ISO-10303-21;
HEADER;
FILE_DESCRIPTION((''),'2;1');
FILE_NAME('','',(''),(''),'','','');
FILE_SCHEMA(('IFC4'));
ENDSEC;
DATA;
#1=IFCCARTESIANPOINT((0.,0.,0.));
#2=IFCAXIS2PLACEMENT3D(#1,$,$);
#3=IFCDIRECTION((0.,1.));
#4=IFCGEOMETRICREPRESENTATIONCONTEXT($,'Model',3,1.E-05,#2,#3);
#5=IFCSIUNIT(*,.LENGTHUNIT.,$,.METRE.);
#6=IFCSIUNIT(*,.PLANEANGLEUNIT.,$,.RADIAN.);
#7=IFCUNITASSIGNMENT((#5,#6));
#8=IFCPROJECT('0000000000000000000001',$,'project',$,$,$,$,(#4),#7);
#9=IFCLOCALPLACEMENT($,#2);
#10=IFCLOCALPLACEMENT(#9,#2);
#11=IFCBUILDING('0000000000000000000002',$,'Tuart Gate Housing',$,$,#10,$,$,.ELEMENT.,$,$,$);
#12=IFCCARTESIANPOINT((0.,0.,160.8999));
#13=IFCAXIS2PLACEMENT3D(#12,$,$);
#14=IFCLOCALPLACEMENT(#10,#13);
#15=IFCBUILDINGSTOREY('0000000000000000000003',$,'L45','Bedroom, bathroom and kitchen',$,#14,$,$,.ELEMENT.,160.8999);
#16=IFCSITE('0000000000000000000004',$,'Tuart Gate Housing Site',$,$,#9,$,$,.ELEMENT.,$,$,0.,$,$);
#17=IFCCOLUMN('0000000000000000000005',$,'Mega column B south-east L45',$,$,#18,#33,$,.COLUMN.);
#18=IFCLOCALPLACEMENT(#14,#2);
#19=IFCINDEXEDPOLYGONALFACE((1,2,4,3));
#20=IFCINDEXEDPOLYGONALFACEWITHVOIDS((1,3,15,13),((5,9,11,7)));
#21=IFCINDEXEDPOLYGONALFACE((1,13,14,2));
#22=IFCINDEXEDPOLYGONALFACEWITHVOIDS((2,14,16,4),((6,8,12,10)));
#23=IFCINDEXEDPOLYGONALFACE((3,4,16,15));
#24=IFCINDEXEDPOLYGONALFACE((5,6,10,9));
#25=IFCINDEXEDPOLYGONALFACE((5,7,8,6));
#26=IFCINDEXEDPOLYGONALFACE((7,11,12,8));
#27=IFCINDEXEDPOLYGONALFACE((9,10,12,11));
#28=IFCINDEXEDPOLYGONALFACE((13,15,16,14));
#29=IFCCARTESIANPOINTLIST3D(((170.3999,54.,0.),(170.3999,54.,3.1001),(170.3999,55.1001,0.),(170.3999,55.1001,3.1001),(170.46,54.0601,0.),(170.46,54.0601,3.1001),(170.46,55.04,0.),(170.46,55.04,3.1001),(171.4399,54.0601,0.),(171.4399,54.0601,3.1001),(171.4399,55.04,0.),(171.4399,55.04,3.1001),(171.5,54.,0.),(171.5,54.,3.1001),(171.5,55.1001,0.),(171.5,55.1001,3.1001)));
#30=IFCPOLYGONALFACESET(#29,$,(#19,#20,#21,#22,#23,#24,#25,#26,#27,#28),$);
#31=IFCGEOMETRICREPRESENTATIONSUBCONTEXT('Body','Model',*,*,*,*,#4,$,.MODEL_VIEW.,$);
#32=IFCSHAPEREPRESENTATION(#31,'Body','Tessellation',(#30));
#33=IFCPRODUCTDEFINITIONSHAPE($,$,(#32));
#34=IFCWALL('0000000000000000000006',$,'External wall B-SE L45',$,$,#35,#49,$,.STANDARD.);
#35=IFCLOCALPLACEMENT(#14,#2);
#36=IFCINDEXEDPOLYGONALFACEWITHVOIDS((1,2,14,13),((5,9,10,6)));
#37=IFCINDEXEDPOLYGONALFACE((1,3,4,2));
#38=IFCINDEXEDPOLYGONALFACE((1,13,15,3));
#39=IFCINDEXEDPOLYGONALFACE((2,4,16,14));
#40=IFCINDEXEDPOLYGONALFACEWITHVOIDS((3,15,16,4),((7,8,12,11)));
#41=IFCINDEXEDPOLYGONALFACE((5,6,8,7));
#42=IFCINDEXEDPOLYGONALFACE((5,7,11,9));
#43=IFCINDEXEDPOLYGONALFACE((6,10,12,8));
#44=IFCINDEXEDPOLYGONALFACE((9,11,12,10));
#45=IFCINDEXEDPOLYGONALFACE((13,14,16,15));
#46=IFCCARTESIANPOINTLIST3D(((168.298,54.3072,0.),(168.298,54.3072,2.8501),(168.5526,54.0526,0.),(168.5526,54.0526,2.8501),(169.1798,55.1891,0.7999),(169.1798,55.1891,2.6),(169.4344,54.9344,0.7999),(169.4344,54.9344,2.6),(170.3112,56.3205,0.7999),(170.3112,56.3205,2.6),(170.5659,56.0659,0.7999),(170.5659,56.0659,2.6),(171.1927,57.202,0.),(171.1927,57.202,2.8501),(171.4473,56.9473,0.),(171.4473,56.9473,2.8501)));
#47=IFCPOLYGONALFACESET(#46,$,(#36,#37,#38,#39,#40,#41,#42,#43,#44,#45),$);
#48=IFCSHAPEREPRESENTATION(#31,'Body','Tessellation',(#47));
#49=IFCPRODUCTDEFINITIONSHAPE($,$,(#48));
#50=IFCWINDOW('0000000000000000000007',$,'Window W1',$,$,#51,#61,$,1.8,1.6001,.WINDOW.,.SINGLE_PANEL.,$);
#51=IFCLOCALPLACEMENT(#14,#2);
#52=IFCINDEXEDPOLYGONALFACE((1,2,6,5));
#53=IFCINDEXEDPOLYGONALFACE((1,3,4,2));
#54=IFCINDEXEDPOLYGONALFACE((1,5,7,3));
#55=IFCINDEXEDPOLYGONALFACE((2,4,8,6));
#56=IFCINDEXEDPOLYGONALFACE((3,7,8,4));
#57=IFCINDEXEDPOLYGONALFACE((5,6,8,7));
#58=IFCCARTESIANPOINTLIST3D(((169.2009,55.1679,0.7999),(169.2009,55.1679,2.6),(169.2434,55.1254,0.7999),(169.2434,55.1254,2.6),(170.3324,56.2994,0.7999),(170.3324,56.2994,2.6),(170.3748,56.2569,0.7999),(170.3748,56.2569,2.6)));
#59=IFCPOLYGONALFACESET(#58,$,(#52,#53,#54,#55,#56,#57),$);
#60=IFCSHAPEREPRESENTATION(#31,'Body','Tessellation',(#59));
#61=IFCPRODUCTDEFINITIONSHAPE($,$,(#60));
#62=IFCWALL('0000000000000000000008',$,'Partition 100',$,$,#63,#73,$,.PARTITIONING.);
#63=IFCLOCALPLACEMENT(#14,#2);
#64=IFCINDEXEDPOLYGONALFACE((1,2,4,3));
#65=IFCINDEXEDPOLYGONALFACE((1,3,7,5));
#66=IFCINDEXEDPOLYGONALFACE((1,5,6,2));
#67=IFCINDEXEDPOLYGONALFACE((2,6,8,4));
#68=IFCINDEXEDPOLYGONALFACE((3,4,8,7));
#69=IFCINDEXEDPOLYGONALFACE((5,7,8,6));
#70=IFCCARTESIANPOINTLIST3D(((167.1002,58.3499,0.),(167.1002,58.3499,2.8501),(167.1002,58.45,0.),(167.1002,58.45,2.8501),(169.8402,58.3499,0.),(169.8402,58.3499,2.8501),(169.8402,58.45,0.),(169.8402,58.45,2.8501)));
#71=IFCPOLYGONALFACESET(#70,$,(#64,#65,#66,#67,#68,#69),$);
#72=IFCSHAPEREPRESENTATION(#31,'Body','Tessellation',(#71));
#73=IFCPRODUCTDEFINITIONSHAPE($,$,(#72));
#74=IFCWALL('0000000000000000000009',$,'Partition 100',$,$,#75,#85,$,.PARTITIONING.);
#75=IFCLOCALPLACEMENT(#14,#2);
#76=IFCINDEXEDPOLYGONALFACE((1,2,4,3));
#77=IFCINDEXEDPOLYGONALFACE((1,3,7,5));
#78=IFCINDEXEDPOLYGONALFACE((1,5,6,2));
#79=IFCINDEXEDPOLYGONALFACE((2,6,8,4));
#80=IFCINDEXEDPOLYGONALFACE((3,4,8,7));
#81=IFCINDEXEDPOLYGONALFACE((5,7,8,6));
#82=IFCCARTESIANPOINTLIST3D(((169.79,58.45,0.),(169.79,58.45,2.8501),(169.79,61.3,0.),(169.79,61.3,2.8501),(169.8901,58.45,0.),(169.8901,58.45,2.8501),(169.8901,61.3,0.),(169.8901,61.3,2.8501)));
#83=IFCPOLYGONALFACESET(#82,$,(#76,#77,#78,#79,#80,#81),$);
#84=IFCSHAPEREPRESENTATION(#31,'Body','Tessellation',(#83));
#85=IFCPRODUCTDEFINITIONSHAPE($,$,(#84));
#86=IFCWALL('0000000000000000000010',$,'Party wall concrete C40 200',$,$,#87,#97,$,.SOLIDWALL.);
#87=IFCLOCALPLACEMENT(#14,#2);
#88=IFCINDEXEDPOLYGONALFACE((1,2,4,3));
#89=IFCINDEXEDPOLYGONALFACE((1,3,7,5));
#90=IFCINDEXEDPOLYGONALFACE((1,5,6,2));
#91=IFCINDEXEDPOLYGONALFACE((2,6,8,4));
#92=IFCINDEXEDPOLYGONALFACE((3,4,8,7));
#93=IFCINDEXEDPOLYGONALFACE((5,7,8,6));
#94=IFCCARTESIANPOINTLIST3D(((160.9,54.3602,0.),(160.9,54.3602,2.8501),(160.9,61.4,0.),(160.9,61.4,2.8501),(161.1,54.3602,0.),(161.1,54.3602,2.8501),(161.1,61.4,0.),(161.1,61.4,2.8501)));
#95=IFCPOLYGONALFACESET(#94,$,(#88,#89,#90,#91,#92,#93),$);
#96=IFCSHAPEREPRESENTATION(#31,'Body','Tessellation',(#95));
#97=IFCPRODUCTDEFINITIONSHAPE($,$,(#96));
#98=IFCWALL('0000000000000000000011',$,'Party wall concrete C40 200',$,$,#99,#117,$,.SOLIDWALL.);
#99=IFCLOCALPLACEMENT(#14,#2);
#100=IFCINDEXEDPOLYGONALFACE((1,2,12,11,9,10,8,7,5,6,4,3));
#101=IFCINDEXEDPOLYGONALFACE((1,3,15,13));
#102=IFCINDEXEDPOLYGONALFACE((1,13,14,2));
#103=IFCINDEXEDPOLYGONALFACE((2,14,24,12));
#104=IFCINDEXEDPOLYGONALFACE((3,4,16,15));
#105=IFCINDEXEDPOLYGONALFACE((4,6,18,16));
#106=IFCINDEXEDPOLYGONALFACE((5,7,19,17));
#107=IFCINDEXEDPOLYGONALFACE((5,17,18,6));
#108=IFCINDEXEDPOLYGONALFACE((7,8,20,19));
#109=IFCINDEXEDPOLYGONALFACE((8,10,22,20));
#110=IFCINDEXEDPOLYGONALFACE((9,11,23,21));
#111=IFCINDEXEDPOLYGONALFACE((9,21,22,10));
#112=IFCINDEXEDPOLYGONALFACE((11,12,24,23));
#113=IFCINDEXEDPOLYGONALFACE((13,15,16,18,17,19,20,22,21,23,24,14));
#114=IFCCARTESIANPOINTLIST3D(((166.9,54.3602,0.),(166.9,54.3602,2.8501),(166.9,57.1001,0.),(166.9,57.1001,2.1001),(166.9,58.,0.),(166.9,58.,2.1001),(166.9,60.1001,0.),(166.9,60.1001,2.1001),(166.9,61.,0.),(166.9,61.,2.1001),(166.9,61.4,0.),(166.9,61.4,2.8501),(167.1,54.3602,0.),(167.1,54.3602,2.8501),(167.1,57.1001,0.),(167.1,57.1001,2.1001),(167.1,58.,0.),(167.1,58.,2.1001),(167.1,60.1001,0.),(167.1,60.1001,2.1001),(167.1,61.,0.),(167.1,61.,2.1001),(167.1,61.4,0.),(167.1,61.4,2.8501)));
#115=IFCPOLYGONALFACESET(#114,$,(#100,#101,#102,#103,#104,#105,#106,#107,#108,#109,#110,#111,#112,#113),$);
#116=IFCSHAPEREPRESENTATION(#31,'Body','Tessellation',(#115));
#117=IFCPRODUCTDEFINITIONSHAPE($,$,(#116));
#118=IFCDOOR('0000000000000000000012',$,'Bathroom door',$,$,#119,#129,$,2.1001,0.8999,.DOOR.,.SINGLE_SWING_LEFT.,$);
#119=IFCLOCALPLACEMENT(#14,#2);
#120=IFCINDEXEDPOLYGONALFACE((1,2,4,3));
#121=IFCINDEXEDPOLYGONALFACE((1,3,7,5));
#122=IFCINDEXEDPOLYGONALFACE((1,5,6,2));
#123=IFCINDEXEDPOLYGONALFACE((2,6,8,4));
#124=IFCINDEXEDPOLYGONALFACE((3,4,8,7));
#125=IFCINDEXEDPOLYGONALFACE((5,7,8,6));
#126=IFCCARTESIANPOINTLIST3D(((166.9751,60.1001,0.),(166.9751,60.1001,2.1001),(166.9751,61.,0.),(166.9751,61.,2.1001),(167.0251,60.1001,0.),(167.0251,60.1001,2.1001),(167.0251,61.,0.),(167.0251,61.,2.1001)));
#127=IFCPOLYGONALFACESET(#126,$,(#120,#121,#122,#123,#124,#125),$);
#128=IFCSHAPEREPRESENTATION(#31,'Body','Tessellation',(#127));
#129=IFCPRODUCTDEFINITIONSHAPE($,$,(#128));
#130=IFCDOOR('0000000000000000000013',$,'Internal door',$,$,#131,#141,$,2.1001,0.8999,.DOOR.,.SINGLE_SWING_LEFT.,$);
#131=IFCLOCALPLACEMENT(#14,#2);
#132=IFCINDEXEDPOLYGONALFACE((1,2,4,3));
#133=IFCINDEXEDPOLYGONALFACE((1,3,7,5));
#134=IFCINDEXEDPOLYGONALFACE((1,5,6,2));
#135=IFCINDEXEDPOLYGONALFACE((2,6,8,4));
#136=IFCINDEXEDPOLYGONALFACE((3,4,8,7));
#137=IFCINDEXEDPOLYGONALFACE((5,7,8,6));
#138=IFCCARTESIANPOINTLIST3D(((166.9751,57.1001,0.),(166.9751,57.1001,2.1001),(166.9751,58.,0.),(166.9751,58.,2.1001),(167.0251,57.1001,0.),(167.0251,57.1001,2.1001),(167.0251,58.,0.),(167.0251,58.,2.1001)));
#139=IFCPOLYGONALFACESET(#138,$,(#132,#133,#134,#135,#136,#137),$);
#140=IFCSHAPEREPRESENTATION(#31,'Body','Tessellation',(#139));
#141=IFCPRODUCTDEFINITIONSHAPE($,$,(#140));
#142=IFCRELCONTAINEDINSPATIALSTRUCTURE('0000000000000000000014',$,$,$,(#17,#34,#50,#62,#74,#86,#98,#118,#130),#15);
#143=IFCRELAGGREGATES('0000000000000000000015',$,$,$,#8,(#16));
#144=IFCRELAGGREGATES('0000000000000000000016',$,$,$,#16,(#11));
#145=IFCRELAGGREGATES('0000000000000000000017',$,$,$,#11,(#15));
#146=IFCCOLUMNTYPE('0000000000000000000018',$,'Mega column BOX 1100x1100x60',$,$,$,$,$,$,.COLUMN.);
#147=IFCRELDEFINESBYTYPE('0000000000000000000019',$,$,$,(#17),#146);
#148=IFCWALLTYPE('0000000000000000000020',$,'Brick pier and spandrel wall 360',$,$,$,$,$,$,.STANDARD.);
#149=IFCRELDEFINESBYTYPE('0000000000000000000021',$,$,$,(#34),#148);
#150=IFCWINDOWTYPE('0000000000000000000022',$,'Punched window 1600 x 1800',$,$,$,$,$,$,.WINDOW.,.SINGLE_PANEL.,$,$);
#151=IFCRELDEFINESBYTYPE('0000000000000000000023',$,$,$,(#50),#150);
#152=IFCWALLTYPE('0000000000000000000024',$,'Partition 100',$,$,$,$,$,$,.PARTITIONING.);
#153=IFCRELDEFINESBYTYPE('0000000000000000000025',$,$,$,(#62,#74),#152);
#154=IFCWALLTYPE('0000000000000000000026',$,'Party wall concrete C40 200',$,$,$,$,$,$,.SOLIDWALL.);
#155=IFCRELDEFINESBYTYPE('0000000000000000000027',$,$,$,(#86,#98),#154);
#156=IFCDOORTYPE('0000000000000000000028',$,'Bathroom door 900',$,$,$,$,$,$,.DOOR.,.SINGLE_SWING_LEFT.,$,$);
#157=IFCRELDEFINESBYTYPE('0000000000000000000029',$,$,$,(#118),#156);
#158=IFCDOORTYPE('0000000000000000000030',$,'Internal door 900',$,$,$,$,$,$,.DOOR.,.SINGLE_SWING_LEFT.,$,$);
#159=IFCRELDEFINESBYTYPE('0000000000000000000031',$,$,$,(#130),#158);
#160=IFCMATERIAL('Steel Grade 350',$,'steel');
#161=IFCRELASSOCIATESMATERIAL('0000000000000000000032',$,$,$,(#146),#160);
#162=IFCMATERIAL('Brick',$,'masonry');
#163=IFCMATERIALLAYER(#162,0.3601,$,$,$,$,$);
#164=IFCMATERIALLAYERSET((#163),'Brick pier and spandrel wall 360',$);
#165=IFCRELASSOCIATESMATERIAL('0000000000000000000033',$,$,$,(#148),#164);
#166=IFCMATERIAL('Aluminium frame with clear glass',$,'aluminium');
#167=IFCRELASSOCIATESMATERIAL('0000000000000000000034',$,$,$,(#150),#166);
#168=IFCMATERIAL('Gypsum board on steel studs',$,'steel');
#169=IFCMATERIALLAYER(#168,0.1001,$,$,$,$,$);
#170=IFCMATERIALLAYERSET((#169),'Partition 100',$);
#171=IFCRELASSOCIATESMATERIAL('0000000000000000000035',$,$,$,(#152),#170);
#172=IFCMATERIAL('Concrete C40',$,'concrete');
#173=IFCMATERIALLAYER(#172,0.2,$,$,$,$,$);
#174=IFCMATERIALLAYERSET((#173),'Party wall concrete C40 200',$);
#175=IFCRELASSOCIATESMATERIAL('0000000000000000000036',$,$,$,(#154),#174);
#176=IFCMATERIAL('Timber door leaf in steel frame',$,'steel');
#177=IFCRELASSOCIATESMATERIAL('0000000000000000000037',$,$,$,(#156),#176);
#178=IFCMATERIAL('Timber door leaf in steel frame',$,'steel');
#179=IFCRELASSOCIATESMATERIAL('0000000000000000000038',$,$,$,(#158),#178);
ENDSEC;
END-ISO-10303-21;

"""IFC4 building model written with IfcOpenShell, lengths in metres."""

from ifc_helpers import new_model, si_unit, direction, frame, frame_2d, origin, origin_2d, place, context, subcontext, project, spatial, rectangle, hollow_rectangle, extrude, material, layer, layer_set, material_profile, profile_set, type_object, element, fill, save


model = new_model("IFC4")

# Units and contexts
model_context = context("Model", 3, precision=1e-05, world=origin(), true_north=direction((0.0, 1.0)))
body_context = subcontext(model_context, "Body", "Model", "MODEL_VIEW")
ifc_project = project(units=[si_unit("LENGTHUNIT", "METRE"), si_unit("PLANEANGLEUNIT", "RADIAN")], contexts=[model_context])

# Site, building, storey
site_placement = place(None, origin())
site = spatial("IfcSite", under=ifc_project, at=site_placement, Name="Tuart Gate Housing Site", CompositionType="ELEMENT", RefElevation=0.0)
building_placement = place(site_placement, origin())
building = spatial("IfcBuilding", under=site, at=building_placement, Name="Tuart Gate Housing", CompositionType="ELEMENT")
storey_placement = place(building_placement, frame((0.0, 0.0, 160.8999)))
storey = spatial("IfcBuildingStorey", under=building, at=storey_placement, Name="L45", Description="Bedroom, bathroom and kitchen", CompositionType="ELEMENT", Elevation=160.8999)

# Column
ifc_material_1 = material(Name="Steel Grade 350", Category="steel")
ifc_material_profile = material_profile(ifc_material_1, hollow_rectangle(XDim=1.1001, YDim=1.1001, WallThickness=0.0601, at=origin_2d()), Name="BOX 1100x1100x60")
ifc_profile_set = profile_set([ifc_material_profile], Name="Steel Grade 350")
column_type = type_object("IfcColumnType", Name="Mega column BOX 1100x1100x60", PredefinedType="COLUMN", material=ifc_profile_set)
column_placement = place(storey_placement, frame((170.95, 54.55, 0.0), z_axis=(0.0, 0.0, 1.0), x_axis=(1.0, 0.0, 0.0)))
element("IfcColumn", 1, at=column_placement, inside=storey, type_object=column_type, Name="Mega column B south-east L45", PredefinedType="COLUMN", context=body_context, shape_type="SweptSolid", body=[
    extrude(hollow_rectangle(XDim=1.1001, YDim=1.1001, WallThickness=0.0601, at=origin_2d()), origin(), (0.0, 0.0, 1.0), 3.1001),
])

# Wall, opening, window
ifc_material_2 = material(Name="Brick", Category="masonry")
ifc_layer_1 = layer(ifc_material_2, 0.3601)
ifc_layer_set_1 = layer_set([ifc_layer_1], Name="Brick pier and spandrel wall 360")
wall_type_1 = type_object("IfcWallType", Name="Brick pier and spandrel wall 360", PredefinedType="STANDARD", material=ifc_layer_set_1)
wall_1_placement = place(storey_placement, frame((168.4253, 54.1799, 0.0), z_axis=(0.0, 0.0, 1.0), x_axis=(0.707107, 0.707107, 0.0)))
wall_1 = element("IfcWall", 2, at=wall_1_placement, inside=storey, type_object=wall_type_1, Name="External wall B-SE L45", PredefinedType="STANDARD", context=body_context, shape_type="SweptSolid", body=[
    extrude(rectangle(XDim=4.0938, YDim=0.3601, at=frame_2d((2.0469, 0.0))), origin(), (0.0, 0.0, 1.0), 2.8501),
])
opening_1_placement = place(wall_1_placement, frame((1.2471, 0.0, 0.8)))
opening_1 = element("IfcOpeningElement", 3, at=opening_1_placement, cuts=wall_1, PredefinedType="OPENING", context=body_context, shape_type="SweptSolid", body=[
    extrude(rectangle(XDim=1.6001, YDim=1.8, at=frame_2d((0.8, 0.8999))), frame((0.0, 0.1899, 0.0), z_axis=(0.0, -1.0, 0.0), x_axis=(1.0, 0.0, 0.0)), (0.0, 0.0, 1.0), 0.3801),
])
ifc_material_3 = material(Name="Aluminium frame with clear glass", Category="aluminium")
window_type_1 = type_object("IfcWindowType", Name="Punched window 1600 x 1800", PartitioningType="SINGLE_PANEL", PredefinedType="WINDOW", material=ifc_material_3)
window_1_placement = place(opening_1_placement, origin())
window_1 = element("IfcWindow", 4, at=window_1_placement, inside=storey, type_object=window_type_1, Name="Window W1", OverallHeight=1.8, OverallWidth=1.6001, PartitioningType="SINGLE_PANEL", PredefinedType="WINDOW", context=body_context, shape_type="SweptSolid", body=[
    extrude(rectangle(XDim=1.6001, YDim=1.8, at=frame_2d((0.8, 0.8999))), frame((0.0, 0.1501, 0.0), z_axis=(0.0, -1.0, 0.0), x_axis=(1.0, 0.0, 0.0)), (0.0, 0.0, 1.0), 0.0601),
])
fill(opening_1, window_1)

# Walls
ifc_material_4 = material(Name="Gypsum board on steel studs", Category="steel")
ifc_layer_2 = layer(ifc_material_4, 0.1001)
ifc_layer_set_2 = layer_set([ifc_layer_2], Name="Partition 100")
wall_type_2 = type_object("IfcWallType", Name="Partition 100", PredefinedType="PARTITIONING", material=ifc_layer_set_2)
wall_2_placement = place(storey_placement, frame((167.1001, 58.3999, 0.0), z_axis=(0.0, 0.0, 1.0), x_axis=(1.0, 0.0, 0.0)))
element("IfcWall", 5, at=wall_2_placement, inside=storey, type_object=wall_type_2, Name="Partition 100", PredefinedType="PARTITIONING", context=body_context, shape_type="SweptSolid", body=[
    extrude(rectangle(XDim=2.74, YDim=0.1001, at=frame_2d((1.3701, 0.0))), origin(), (0.0, 0.0, 1.0), 2.8501),
])
wall_3_placement = place(storey_placement, frame((169.8401, 58.45, 0.0), z_axis=(0.0, 0.0, 1.0), x_axis=(0.0, 1.0, 0.0)))
element("IfcWall", 6, at=wall_3_placement, inside=storey, type_object=wall_type_2, Name="Partition 100", PredefinedType="PARTITIONING", context=body_context, shape_type="SweptSolid", body=[
    extrude(rectangle(XDim=2.8501, YDim=0.1001, at=frame_2d((1.425, 0.0))), origin(), (0.0, 0.0, 1.0), 2.8501),
])
ifc_material_5 = material(Name="Concrete C40", Category="concrete")
ifc_layer_3 = layer(ifc_material_5, 0.2)
ifc_layer_set_3 = layer_set([ifc_layer_3], Name="Party wall concrete C40 200")
wall_type_3 = type_object("IfcWallType", Name="Party wall concrete C40 200", PredefinedType="SOLIDWALL", material=ifc_layer_set_3)
wall_4_placement = place(storey_placement, frame((161.0, 54.3601, 0.0), z_axis=(0.0, 0.0, 1.0), x_axis=(0.0, 1.0, 0.0)))
element("IfcWall", 7, at=wall_4_placement, inside=storey, type_object=wall_type_3, Name="Party wall concrete C40 200", PredefinedType="SOLIDWALL", context=body_context, shape_type="SweptSolid", body=[
    extrude(rectangle(XDim=7.0398, YDim=0.2, at=frame_2d((3.52, 0.0))), origin(), (0.0, 0.0, 1.0), 2.8501),
])

# Wall, openings, doors
wall_5_placement = place(storey_placement, frame((167.0, 54.3601, 0.0), z_axis=(0.0, 0.0, 1.0), x_axis=(0.0, 1.0, 0.0)))
wall_5 = element("IfcWall", 8, at=wall_5_placement, inside=storey, type_object=wall_type_3, Name="Party wall concrete C40 200", PredefinedType="SOLIDWALL", context=body_context, shape_type="SweptSolid", body=[
    extrude(rectangle(XDim=7.0398, YDim=0.2, at=frame_2d((3.52, 0.0))), origin(), (0.0, 0.0, 1.0), 2.8501),
])
opening_2_placement = place(wall_5_placement, frame((2.74, 0.0, 0.0)))
opening_2 = element("IfcOpeningElement", 9, at=opening_2_placement, cuts=wall_5, PredefinedType="OPENING", context=body_context, shape_type="SweptSolid", body=[
    extrude(rectangle(XDim=0.8999, YDim=2.1001, at=frame_2d((0.45, 1.05))), frame((0.0, 0.1099, 0.0), z_axis=(0.0, -1.0, 0.0), x_axis=(1.0, 0.0, 0.0)), (0.0, 0.0, 1.0), 0.22),
])
opening_3_placement = place(wall_5_placement, frame((5.74, 0.0, 0.0)))
opening_3 = element("IfcOpeningElement", 10, at=opening_3_placement, cuts=wall_5, PredefinedType="OPENING", context=body_context, shape_type="SweptSolid", body=[
    extrude(rectangle(XDim=0.8999, YDim=2.1001, at=frame_2d((0.45, 1.05))), frame((0.0, 0.1099, 0.0), z_axis=(0.0, -1.0, 0.0), x_axis=(1.0, 0.0, 0.0)), (0.0, 0.0, 1.0), 0.22),
])
ifc_material_6 = material(Name="Timber door leaf in steel frame", Category="steel")
door_type_1 = type_object("IfcDoorType", Name="Bathroom door 900", OperationType="SINGLE_SWING_LEFT", PredefinedType="DOOR", material=ifc_material_6)
door_1_placement = place(opening_3_placement, frame((0.8999, 0.0, 0.0), z_axis=(0.0, 0.0, 1.0), x_axis=(-1.0, 0.0, 0.0)))
door_1 = element("IfcDoor", 11, at=door_1_placement, inside=storey, type_object=door_type_1, Name="Bathroom door", OperationType="SINGLE_SWING_LEFT", OverallHeight=2.1001, OverallWidth=0.8999, PredefinedType="DOOR", context=body_context, shape_type="SweptSolid", body=[
    extrude(rectangle(XDim=0.8999, YDim=2.1001, at=frame_2d((0.45, 1.05))), frame((0.0, 0.0251, 0.0), z_axis=(0.0, -1.0, 0.0), x_axis=(1.0, 0.0, 0.0)), (0.0, 0.0, 1.0), 0.05),
])
fill(opening_3, door_1)
ifc_material_7 = material(Name="Timber door leaf in steel frame", Category="steel")
door_type_2 = type_object("IfcDoorType", Name="Internal door 900", OperationType="SINGLE_SWING_LEFT", PredefinedType="DOOR", material=ifc_material_7)
door_2_placement = place(opening_2_placement, frame((0.8999, 0.0, 0.0), z_axis=(0.0, 0.0, 1.0), x_axis=(-1.0, 0.0, 0.0)))
door_2 = element("IfcDoor", 12, at=door_2_placement, inside=storey, type_object=door_type_2, Name="Internal door", OperationType="SINGLE_SWING_LEFT", OverallHeight=2.1001, OverallWidth=0.8999, PredefinedType="DOOR", context=body_context, shape_type="SweptSolid", body=[
    extrude(rectangle(XDim=0.8999, YDim=2.1001, at=frame_2d((0.45, 1.05))), frame((0.0, 0.0251, 0.0), z_axis=(0.0, -1.0, 0.0), x_axis=(1.0, 0.0, 0.0)), (0.0, 0.0, 1.0), 0.05),
])
fill(opening_2, door_2)

save(model, "model.ifc")
